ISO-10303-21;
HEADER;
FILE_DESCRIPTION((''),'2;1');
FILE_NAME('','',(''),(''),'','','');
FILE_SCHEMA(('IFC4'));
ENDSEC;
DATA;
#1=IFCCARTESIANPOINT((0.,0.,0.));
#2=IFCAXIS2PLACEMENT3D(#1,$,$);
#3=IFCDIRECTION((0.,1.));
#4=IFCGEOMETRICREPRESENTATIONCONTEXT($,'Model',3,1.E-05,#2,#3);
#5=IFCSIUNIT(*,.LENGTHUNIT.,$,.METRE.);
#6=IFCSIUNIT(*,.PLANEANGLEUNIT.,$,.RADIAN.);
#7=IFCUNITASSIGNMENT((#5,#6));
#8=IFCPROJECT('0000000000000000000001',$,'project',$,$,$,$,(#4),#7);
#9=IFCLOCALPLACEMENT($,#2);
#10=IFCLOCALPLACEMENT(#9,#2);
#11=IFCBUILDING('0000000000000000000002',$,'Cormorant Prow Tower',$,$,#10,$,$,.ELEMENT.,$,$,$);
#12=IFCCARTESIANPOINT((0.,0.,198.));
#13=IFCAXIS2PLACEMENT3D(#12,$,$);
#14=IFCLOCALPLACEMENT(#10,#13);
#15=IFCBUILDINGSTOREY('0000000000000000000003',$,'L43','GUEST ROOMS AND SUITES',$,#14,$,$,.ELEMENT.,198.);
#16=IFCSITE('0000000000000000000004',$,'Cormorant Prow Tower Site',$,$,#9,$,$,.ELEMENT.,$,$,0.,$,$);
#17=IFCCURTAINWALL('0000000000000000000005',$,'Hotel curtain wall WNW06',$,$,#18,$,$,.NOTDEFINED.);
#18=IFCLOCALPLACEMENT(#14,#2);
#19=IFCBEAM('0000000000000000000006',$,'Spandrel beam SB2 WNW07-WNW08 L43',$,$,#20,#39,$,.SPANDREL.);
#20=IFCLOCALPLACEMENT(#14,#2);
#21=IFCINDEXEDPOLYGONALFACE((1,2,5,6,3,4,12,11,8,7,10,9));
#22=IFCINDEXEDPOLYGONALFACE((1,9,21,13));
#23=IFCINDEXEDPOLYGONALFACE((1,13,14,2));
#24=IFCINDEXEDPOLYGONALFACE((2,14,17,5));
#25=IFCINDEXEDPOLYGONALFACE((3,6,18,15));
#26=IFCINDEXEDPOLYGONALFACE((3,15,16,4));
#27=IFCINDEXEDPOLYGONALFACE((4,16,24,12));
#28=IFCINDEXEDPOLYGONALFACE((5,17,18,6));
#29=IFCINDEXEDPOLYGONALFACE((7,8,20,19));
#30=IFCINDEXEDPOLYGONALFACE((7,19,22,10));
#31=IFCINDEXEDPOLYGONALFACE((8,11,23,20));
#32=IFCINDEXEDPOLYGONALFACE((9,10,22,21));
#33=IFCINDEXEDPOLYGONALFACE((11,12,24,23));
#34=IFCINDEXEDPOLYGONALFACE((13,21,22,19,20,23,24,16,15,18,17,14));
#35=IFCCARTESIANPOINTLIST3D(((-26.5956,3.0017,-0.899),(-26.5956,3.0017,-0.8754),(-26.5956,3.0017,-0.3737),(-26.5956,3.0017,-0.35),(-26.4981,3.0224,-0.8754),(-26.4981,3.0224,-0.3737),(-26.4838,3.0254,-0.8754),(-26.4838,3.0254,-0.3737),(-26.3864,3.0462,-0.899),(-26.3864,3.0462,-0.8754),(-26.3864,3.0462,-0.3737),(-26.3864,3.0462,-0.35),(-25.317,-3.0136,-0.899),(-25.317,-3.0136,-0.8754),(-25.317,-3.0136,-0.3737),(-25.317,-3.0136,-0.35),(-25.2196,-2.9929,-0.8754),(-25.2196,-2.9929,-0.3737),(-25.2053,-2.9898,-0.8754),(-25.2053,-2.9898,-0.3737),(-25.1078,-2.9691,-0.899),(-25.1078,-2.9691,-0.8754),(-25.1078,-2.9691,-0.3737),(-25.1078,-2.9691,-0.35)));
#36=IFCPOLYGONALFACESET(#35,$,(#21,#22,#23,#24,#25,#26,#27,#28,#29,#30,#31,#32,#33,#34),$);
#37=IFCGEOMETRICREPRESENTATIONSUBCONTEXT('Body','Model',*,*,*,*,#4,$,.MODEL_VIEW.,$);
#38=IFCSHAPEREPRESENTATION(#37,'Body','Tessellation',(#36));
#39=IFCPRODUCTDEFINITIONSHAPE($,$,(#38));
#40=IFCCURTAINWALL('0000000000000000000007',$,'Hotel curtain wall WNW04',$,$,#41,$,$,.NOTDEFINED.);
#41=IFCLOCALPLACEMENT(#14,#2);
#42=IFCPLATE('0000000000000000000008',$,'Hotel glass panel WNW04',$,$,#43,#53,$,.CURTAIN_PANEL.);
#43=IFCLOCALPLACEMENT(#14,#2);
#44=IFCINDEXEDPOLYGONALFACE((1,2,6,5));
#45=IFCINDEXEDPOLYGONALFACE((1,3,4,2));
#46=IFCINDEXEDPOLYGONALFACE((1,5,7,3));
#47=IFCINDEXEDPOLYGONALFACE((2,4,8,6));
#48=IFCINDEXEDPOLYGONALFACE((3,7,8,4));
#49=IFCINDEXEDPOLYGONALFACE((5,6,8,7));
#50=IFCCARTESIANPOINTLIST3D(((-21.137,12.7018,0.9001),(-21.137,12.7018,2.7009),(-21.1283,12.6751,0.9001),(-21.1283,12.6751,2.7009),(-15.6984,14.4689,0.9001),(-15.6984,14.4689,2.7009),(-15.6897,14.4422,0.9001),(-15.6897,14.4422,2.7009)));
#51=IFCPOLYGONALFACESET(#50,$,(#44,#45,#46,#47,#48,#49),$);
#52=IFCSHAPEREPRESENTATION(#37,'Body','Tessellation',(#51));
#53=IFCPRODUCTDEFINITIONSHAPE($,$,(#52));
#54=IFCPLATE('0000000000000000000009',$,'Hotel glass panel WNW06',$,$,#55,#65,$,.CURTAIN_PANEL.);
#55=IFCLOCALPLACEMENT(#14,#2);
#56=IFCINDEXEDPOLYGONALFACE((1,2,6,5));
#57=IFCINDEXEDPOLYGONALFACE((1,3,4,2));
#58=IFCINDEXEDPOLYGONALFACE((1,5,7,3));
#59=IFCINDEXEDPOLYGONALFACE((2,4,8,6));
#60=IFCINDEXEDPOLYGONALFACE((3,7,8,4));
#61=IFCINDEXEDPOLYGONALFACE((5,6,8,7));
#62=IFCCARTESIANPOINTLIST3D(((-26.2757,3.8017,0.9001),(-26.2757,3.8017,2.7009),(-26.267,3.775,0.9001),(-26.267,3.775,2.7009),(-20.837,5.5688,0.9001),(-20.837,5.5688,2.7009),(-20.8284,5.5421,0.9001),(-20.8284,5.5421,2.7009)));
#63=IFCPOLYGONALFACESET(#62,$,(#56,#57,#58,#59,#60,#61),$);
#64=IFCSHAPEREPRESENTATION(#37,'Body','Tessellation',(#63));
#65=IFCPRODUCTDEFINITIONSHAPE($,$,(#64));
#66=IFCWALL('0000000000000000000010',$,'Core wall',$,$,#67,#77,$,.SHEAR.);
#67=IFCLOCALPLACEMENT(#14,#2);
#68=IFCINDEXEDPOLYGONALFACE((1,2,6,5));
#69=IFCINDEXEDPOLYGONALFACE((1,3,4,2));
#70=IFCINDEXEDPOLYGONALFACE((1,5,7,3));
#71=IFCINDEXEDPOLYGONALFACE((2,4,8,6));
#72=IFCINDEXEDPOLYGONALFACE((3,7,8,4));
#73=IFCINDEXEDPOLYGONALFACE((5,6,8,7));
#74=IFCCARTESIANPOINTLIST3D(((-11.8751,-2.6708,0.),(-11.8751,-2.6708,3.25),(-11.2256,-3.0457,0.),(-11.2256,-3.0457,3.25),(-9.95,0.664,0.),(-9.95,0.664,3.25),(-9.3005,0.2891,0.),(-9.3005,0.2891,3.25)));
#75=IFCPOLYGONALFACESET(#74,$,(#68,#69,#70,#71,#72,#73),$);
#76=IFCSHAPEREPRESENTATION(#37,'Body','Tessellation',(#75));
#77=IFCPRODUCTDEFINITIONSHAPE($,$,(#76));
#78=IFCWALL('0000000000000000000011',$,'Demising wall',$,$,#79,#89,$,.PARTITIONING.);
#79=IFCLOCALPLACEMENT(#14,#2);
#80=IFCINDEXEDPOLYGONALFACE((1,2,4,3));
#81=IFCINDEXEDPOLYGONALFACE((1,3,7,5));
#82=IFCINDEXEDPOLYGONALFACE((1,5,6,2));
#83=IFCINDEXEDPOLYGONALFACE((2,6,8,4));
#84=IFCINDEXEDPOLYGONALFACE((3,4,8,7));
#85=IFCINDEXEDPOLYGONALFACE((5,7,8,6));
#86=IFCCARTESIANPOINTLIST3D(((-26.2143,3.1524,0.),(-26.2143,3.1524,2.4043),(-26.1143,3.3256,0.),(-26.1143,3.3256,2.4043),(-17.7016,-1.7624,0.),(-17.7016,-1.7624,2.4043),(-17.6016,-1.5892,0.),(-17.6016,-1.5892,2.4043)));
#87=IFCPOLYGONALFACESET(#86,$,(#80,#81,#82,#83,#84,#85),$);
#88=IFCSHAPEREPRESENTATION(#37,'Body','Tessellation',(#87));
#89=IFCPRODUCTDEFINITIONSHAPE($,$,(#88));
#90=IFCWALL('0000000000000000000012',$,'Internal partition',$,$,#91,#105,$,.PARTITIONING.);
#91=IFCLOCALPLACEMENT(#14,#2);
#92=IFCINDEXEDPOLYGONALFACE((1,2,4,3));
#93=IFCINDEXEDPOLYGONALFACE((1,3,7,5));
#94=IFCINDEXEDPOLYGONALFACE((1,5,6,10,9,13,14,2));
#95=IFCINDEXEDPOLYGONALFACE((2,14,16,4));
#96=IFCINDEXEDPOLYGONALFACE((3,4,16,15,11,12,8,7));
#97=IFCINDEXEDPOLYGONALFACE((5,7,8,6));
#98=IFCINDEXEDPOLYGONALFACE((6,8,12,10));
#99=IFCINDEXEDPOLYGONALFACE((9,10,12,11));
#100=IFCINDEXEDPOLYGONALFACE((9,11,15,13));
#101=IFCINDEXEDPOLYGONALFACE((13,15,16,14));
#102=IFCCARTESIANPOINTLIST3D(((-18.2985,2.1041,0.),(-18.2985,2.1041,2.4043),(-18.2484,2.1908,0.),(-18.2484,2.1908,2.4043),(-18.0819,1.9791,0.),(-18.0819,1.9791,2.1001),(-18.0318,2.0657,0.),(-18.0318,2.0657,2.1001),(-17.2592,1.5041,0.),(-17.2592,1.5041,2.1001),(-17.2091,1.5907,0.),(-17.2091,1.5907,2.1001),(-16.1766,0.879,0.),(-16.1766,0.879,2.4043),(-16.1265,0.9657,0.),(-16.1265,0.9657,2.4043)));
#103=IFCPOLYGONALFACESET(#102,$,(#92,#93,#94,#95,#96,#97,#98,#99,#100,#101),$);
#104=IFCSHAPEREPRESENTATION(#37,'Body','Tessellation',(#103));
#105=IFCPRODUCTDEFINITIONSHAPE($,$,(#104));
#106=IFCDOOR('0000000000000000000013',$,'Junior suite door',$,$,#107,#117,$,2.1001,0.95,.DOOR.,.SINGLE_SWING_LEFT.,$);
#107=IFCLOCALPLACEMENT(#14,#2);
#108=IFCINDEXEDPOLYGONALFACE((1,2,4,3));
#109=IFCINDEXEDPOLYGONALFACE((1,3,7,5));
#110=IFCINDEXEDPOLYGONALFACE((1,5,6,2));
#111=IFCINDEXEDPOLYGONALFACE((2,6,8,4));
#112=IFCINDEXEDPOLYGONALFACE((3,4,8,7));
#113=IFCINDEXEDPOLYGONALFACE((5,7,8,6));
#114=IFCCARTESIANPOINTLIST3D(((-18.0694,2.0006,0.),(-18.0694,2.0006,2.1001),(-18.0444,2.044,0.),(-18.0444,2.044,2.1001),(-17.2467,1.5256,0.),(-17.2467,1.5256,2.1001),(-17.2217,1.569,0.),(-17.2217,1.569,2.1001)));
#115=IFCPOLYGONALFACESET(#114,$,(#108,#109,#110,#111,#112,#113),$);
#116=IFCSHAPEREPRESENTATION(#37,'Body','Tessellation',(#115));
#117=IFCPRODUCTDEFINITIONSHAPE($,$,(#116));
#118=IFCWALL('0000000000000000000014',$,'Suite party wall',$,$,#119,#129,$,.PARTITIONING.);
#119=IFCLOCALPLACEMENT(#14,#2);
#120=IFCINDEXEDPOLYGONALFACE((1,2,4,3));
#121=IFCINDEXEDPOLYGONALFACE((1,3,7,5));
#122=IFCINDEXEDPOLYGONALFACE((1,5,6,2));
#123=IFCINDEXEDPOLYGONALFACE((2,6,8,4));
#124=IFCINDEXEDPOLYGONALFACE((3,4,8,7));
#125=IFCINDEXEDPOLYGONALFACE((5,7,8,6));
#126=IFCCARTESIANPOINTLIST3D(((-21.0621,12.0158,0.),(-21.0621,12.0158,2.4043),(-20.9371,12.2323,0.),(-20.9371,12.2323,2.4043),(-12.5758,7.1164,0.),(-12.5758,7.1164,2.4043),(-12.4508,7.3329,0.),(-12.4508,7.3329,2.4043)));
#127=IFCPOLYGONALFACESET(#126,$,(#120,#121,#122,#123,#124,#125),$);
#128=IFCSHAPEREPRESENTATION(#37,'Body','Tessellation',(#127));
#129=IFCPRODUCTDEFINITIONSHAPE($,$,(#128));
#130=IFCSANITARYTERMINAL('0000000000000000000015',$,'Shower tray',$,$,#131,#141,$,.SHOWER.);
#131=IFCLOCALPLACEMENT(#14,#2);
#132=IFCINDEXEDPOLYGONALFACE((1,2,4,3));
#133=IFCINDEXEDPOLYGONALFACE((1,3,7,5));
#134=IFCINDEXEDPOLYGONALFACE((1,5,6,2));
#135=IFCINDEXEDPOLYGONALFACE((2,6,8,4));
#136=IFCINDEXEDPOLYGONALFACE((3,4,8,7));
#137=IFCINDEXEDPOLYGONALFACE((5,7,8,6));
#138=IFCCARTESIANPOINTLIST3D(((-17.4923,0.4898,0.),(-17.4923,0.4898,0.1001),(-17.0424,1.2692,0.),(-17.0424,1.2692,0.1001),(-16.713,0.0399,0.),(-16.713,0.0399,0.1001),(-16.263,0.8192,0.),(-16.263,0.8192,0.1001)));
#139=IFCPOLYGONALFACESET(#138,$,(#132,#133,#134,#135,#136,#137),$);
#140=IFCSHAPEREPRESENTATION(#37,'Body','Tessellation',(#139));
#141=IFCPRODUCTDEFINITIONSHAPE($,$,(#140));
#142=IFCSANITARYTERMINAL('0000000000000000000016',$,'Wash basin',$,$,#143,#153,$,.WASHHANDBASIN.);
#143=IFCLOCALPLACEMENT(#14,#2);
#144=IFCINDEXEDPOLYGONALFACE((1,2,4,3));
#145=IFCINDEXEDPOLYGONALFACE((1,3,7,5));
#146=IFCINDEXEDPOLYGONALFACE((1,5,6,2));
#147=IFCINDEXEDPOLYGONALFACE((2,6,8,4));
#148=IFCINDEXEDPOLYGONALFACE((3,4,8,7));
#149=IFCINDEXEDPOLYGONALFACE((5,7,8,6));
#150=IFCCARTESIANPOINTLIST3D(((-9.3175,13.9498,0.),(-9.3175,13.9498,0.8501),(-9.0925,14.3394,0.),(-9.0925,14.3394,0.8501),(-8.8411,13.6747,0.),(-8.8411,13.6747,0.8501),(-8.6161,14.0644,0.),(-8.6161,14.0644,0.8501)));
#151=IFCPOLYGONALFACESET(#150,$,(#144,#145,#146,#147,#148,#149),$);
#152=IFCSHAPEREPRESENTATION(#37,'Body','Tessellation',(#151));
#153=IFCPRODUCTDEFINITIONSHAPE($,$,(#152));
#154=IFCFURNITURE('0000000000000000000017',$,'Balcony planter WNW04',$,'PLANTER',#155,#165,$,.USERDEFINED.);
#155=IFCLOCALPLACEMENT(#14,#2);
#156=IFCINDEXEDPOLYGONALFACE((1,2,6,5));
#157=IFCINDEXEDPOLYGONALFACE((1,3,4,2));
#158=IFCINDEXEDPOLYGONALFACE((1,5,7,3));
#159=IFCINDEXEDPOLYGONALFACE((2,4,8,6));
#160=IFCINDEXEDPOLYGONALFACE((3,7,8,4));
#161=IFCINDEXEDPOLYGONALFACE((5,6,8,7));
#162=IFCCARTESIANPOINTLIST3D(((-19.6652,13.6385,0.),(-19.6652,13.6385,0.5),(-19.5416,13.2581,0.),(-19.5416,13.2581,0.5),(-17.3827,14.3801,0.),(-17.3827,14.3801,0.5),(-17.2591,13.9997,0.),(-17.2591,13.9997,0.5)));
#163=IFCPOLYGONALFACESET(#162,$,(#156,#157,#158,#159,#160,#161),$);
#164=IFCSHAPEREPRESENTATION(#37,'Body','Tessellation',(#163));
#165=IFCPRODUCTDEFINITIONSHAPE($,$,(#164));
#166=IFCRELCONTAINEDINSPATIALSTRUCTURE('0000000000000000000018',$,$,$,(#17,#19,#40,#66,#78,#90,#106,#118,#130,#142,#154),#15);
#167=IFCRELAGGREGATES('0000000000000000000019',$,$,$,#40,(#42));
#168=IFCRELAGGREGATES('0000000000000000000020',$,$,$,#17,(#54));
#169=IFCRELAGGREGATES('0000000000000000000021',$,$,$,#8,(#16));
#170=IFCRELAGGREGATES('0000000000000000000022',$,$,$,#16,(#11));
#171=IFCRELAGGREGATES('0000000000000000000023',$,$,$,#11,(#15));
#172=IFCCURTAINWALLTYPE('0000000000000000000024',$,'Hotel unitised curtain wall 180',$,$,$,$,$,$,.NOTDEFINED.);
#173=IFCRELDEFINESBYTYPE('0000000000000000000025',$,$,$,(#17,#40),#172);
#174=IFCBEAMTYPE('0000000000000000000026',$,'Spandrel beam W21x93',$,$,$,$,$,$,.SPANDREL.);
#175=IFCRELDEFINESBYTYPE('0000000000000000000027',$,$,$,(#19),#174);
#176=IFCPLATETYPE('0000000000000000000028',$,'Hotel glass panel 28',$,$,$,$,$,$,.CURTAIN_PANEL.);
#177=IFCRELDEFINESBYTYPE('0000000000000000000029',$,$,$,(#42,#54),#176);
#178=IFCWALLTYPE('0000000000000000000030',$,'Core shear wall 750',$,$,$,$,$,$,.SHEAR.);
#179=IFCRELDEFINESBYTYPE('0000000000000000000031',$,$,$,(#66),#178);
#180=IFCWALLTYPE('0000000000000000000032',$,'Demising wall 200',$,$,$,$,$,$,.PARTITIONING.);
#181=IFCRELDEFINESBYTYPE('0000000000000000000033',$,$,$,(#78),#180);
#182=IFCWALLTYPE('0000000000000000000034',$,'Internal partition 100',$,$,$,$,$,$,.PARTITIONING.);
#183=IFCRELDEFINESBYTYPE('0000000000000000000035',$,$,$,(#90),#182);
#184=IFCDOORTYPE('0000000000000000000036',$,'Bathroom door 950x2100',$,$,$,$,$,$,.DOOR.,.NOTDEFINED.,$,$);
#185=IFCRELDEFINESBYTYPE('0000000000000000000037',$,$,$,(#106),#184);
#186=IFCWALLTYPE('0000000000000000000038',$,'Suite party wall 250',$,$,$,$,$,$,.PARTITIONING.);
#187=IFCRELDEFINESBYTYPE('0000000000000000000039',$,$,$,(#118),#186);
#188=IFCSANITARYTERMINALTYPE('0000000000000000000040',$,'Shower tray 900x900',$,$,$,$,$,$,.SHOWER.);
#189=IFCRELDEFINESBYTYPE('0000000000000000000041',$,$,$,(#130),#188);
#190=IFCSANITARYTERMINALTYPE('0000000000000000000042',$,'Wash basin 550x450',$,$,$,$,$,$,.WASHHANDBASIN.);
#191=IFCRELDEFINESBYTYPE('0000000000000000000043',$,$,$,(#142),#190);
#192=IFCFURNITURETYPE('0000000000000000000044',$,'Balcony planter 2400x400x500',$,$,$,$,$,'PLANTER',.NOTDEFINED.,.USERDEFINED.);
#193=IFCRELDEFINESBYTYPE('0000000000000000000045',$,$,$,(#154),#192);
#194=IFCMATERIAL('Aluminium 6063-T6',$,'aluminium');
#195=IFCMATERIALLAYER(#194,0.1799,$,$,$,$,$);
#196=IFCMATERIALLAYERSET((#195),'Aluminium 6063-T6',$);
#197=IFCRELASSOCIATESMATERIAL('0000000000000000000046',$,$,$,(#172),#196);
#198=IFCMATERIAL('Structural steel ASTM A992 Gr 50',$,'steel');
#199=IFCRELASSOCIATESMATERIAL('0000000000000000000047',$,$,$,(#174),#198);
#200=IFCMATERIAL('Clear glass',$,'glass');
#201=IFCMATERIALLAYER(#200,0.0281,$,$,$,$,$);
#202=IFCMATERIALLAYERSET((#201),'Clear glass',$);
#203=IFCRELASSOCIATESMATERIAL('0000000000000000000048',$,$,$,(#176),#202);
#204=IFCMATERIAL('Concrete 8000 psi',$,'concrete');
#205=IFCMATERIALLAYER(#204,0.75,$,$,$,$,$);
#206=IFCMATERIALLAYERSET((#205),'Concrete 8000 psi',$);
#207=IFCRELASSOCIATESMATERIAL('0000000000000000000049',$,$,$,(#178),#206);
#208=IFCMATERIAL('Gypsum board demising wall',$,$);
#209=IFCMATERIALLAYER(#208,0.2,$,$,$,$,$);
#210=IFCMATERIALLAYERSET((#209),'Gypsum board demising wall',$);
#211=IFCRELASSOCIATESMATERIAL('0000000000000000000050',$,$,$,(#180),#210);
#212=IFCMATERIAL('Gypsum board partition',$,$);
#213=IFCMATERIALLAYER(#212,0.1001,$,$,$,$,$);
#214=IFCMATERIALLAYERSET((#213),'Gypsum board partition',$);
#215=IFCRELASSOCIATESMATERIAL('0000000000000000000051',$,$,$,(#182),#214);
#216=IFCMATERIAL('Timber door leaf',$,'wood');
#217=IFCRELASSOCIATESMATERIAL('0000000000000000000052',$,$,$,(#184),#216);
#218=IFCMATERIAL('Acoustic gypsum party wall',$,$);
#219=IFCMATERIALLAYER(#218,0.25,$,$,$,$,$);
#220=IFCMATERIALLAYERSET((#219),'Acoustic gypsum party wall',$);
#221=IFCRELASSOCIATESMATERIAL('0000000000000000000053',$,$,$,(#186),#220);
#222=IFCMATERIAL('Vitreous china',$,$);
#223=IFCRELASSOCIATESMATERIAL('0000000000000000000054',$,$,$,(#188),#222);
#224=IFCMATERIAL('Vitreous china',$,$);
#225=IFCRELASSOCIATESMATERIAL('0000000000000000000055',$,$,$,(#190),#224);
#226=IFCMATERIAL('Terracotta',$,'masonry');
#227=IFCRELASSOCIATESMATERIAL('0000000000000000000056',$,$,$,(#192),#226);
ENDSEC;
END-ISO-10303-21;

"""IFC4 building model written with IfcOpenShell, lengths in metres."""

from ifc_helpers import new_model, si_unit, direction, frame, frame_2d, origin, origin_2d, place, context, subcontext, project, spatial, rectangle, i_section, extrude, material, layer, layer_set, material_profile, profile_set, type_object, element, fill, aggregate, save


model = new_model("IFC4")

# Units and contexts
model_context = context("Model", 3, precision=1e-05, world=origin(), true_north=direction((0.0, 1.0)))
body_context = subcontext(model_context, "Body", "Model", "MODEL_VIEW")
ifc_project = project(units=[si_unit("LENGTHUNIT", "METRE"), si_unit("PLANEANGLEUNIT", "RADIAN")], contexts=[model_context])

# Site, building, storey
site_placement = place(None, origin())
site = spatial("IfcSite", under=ifc_project, at=site_placement, Name="Cormorant Prow Tower Site", CompositionType="ELEMENT", RefElevation=0.0)
building_placement = place(site_placement, origin())
building = spatial("IfcBuilding", under=site, at=building_placement, Name="Cormorant Prow Tower", CompositionType="ELEMENT")
storey_placement = place(building_placement, frame((0.0, 0.0, 198.0)))
storey = spatial("IfcBuildingStorey", under=building, at=storey_placement, Name="L43", Description="GUEST ROOMS AND SUITES", CompositionType="ELEMENT", Elevation=198.0)

# Curtain wall
ifc_material_1 = material(Name="Aluminium 6063-T6", Category="aluminium")
ifc_layer_1 = layer(ifc_material_1, 0.1799)
ifc_layer_set_1 = layer_set([ifc_layer_1], Name="Aluminium 6063-T6")
curtain_wall_type = type_object("IfcCurtainWallType", Name="Hotel unitised curtain wall 180", PredefinedType="NOTDEFINED", material=ifc_layer_set_1)
curtain_wall_1_placement = place(storey_placement, origin())
curtain_wall_1 = element("IfcCurtainWall", 1, at=curtain_wall_1_placement, inside=storey, type_object=curtain_wall_type, Name="Hotel curtain wall WNW06", PredefinedType="NOTDEFINED")

# Beam
ifc_material_2 = material(Name="Structural steel ASTM A992 Gr 50", Category="steel")
ifc_material_profile_1 = material_profile(ifc_material_2, i_section(OverallWidth=0.2139, OverallDepth=0.5491, WebThickness=0.0146, FlangeThickness=0.0237, at=origin_2d()), Name="W21x93")
ifc_profile_set_1 = profile_set([ifc_material_profile_1], Name="Structural steel ASTM A992 Gr 50")
beam_type_1 = type_object("IfcBeamType", Name="Spandrel beam W21x93", PredefinedType="SPANDREL", material=ifc_profile_set_1)
beam_1_placement = place(storey_placement, frame((-26.491, 3.0239, -0.6245), z_axis=(0.207905, -0.978149, 0.0), x_axis=(0.978149, 0.207905, 0.0)))
element("IfcBeam", 2, at=beam_1_placement, inside=storey, type_object=beam_type_1, Name="Spandrel beam SB2 WNW07-WNW08 L43", PredefinedType="SPANDREL", context=body_context, shape_type="SweptSolid", body=[
    extrude(i_section(OverallWidth=0.2139, OverallDepth=0.5491, WebThickness=0.0146, FlangeThickness=0.0237, at=origin_2d()), origin(), (0.0, 0.0, 1.0), 6.1497),
])

# Curtain wall, plate
curtain_wall_2_placement = place(storey_placement, origin())
curtain_wall_2 = element("IfcCurtainWall", 3, at=curtain_wall_2_placement, inside=storey, type_object=curtain_wall_type, Name="Hotel curtain wall WNW04", PredefinedType="NOTDEFINED")
ifc_material_3 = material(Name="Clear glass", Category="glass")
ifc_layer_2 = layer(ifc_material_3, 0.0281)
ifc_layer_set_2 = layer_set([ifc_layer_2], Name="Clear glass")
plate_type = type_object("IfcPlateType", Name="Hotel glass panel 28", PredefinedType="CURTAIN_PANEL", material=ifc_layer_set_2)
plate_1_placement = place(storey_placement, frame((-18.4133, 13.572, 0.9001), z_axis=(0.0, 0.0, 1.0), x_axis=(-0.951057, -0.309017, 0.0)))
plate_1 = element("IfcPlate", 4, at=plate_1_placement, type_object=plate_type, Name="Hotel glass panel WNW04", PredefinedType="CURTAIN_PANEL", context=body_context, shape_type="SweptSolid", body=[
    extrude(rectangle(XDim=5.7185, YDim=0.0281, at=origin_2d()), origin(), (0.0, 0.0, 1.0), 1.8008),
])
aggregate(curtain_wall_2, [plate_1])

# Plate
plate_2_placement = place(storey_placement, frame((-23.552, 4.6719, 0.9001), z_axis=(0.0, 0.0, 1.0), x_axis=(-0.951057, -0.309017, 0.0)))
plate_2 = element("IfcPlate", 5, at=plate_2_placement, type_object=plate_type, Name="Hotel glass panel WNW06", PredefinedType="CURTAIN_PANEL", context=body_context, shape_type="SweptSolid", body=[
    extrude(rectangle(XDim=5.7185, YDim=0.0281, at=origin_2d()), origin(), (0.0, 0.0, 1.0), 1.8008),
])
aggregate(curtain_wall_1, [plate_2])

# Walls
ifc_material_4 = material(Name="Concrete 8000 psi", Category="concrete")
ifc_layer_3 = layer(ifc_material_4, 0.75)
ifc_layer_set_3 = layer_set([ifc_layer_3], Name="Concrete 8000 psi")
wall_type_1 = type_object("IfcWallType", Name="Core shear wall 750", PredefinedType="SHEAR", material=ifc_layer_set_3)
wall_1_placement = place(storey_placement, frame((-9.6252, 0.4766, 0.0), z_axis=(0.0, 0.0, 1.0), x_axis=(-0.499951, -0.866054, 0.0)))
element("IfcWall", 6, at=wall_1_placement, inside=storey, type_object=wall_type_1, Name="Core wall", PredefinedType="SHEAR", context=body_context, shape_type="SweptSolid", body=[
    extrude(rectangle(XDim=3.8506, YDim=0.75, at=frame_2d((1.9253, 0.0))), origin(), (0.0, 0.0, 1.0), 3.25),
])
ifc_material_5 = material(Name="Gypsum board demising wall")
ifc_layer_4 = layer(ifc_material_5, 0.2)
ifc_layer_set_4 = layer_set([ifc_layer_4], Name="Gypsum board demising wall")
wall_type_2 = type_object("IfcWallType", Name="Demising wall 200", PredefinedType="PARTITIONING", material=ifc_layer_set_4)
wall_2_placement = place(storey_placement, frame((-26.1643, 3.239, 0.0), z_axis=(0.0, 0.0, 1.0), x_axis=(0.866026, -0.499999, 0.0)))
element("IfcWall", 7, at=wall_2_placement, inside=storey, type_object=wall_type_2, Name="Demising wall", PredefinedType="PARTITIONING", context=body_context, shape_type="SweptSolid", body=[
    extrude(rectangle(XDim=9.8296, YDim=0.2, at=frame_2d((4.9148, 0.0))), origin(), (0.0, 0.0, 1.0), 2.4043),
])

# Wall, opening, door
ifc_material_6 = material(Name="Gypsum board partition")
ifc_layer_5 = layer(ifc_material_6, 0.1001)
ifc_layer_set_5 = layer_set([ifc_layer_5], Name="Gypsum board partition")
wall_type_3 = type_object("IfcWallType", Name="Internal partition 100", PredefinedType="PARTITIONING", material=ifc_layer_set_5)
wall_3_placement = place(storey_placement, frame((-18.2734, 2.1475, 0.0), z_axis=(0.0, 0.0, 1.0), x_axis=(0.866015, -0.500019, 0.0)))
wall_3 = element("IfcWall", 8, at=wall_3_placement, inside=storey, type_object=wall_type_3, Name="Internal partition", PredefinedType="PARTITIONING", context=body_context, shape_type="SweptSolid", body=[
    extrude(rectangle(XDim=2.4502, YDim=0.1001, at=frame_2d((1.2251, 0.0))), origin(), (0.0, 0.0, 1.0), 2.4043),
])
opening_1_placement = place(wall_3_placement, frame((0.25, 0.0, 0.0)))
opening_1 = element("IfcOpeningElement", 9, at=opening_1_placement, cuts=wall_3, PredefinedType="OPENING", context=body_context, shape_type="SweptSolid", body=[
    extrude(rectangle(XDim=0.95, YDim=2.1001, at=frame_2d((0.4751, 1.05))), frame((0.0, 0.0601, 0.0), z_axis=(0.0, -1.0, 0.0), x_axis=(1.0, 0.0, 0.0)), (0.0, 0.0, 1.0), 0.1201),
])
ifc_material_7 = material(Name="Timber door leaf", Category="wood")
door_type_1 = type_object("IfcDoorType", Name="Bathroom door 950x2100", OperationType="NOTDEFINED", PredefinedType="DOOR", material=ifc_material_7)
door_1_placement = place(opening_1_placement, origin())
door_1 = element("IfcDoor", 10, at=door_1_placement, inside=storey, type_object=door_type_1, Name="Junior suite door", OperationType="SINGLE_SWING_LEFT", OverallHeight=2.1001, OverallWidth=0.95, PredefinedType="DOOR", context=body_context, shape_type="SweptSolid", body=[
    extrude(rectangle(XDim=0.95, YDim=2.1001, at=frame_2d((0.4751, 1.05))), frame((0.0, 0.0249, 0.0), z_axis=(0.0, -1.0, 0.0), x_axis=(1.0, 0.0, 0.0)), (0.0, 0.0, 1.0), 0.05),
])
fill(opening_1, door_1)

# Wall
ifc_material_8 = material(Name="Acoustic gypsum party wall")
ifc_layer_6 = layer(ifc_material_8, 0.25)
ifc_layer_set_6 = layer_set([ifc_layer_6], Name="Acoustic gypsum party wall")
wall_type_4 = type_object("IfcWallType", Name="Suite party wall 250", PredefinedType="PARTITIONING", material=ifc_layer_set_6)
wall_4_placement = place(storey_placement, frame((-20.9995, 12.124, 0.0), z_axis=(0.0, 0.0, 1.0), x_axis=(0.866033, -0.499987, 0.0)))
element("IfcWall", 11, at=wall_4_placement, inside=storey, type_object=wall_type_4, Name="Suite party wall", PredefinedType="PARTITIONING", context=body_context, shape_type="SweptSolid", body=[
    extrude(rectangle(XDim=9.7991, YDim=0.25, at=frame_2d((4.8994, 0.0))), origin(), (0.0, 0.0, 1.0), 2.4043),
])

# Sanitary terminals
ifc_material_9 = material(Name="Vitreous china")
sanitary_terminal_type_1 = type_object("IfcSanitaryTerminalType", Name="Shower tray 900x900", PredefinedType="SHOWER", material=ifc_material_9)
sanitary_terminal_1_placement = place(storey_placement, frame((-16.8777, 0.6545, 0.0), z_axis=(0.0, 0.0, 1.0), x_axis=(-0.5, -0.866025, 0.0)))
element("IfcSanitaryTerminal", 12, at=sanitary_terminal_1_placement, inside=storey, type_object=sanitary_terminal_type_1, Name="Shower tray", PredefinedType="SHOWER", context=body_context, shape_type="SweptSolid", body=[
    extrude(rectangle(XDim=0.8999, YDim=0.8999, at=origin_2d()), origin(), (0.0, 0.0, 1.0), 0.1001),
])
ifc_material_10 = material(Name="Vitreous china")
sanitary_terminal_type_2 = type_object("IfcSanitaryTerminalType", Name="Wash basin 550x450", PredefinedType="WASHHANDBASIN", material=ifc_material_10)
sanitary_terminal_2_placement = place(storey_placement, frame((-8.9668, 14.0071, 0.0), z_axis=(0.0, 0.0, 1.0), x_axis=(-0.866025, 0.5, 0.0)))
element("IfcSanitaryTerminal", 13, at=sanitary_terminal_2_placement, inside=storey, type_object=sanitary_terminal_type_2, Name="Wash basin", PredefinedType="WASHHANDBASIN", context=body_context, shape_type="SweptSolid", body=[
    extrude(rectangle(XDim=0.55, YDim=0.45, at=origin_2d()), origin(), (0.0, 0.0, 1.0), 0.8501),
])

# Furniture
ifc_material_11 = material(Name="Terracotta", Category="masonry")
furniture_type = type_object("IfcFurnitureType", Name="Balcony planter 2400x400x500", ElementType="PLANTER", AssemblyPlace="NOTDEFINED", PredefinedType="USERDEFINED", material=ifc_material_11)
furniture_placement = place(storey_placement, frame((-18.4622, 13.8191, 0.0), z_axis=(0.0, 0.0, 1.0), x_axis=(-0.951057, -0.309017, 0.0)))
element("IfcFurniture", 14, at=furniture_placement, inside=storey, type_object=furniture_type, Name="Balcony planter WNW04", ObjectType="PLANTER", PredefinedType="USERDEFINED", context=body_context, shape_type="SweptSolid", body=[
    extrude(rectangle(XDim=2.3999, YDim=0.3999, at=origin_2d()), origin(), (0.0, 0.0, 1.0), 0.5),
])

save(model, "model.ifc")
